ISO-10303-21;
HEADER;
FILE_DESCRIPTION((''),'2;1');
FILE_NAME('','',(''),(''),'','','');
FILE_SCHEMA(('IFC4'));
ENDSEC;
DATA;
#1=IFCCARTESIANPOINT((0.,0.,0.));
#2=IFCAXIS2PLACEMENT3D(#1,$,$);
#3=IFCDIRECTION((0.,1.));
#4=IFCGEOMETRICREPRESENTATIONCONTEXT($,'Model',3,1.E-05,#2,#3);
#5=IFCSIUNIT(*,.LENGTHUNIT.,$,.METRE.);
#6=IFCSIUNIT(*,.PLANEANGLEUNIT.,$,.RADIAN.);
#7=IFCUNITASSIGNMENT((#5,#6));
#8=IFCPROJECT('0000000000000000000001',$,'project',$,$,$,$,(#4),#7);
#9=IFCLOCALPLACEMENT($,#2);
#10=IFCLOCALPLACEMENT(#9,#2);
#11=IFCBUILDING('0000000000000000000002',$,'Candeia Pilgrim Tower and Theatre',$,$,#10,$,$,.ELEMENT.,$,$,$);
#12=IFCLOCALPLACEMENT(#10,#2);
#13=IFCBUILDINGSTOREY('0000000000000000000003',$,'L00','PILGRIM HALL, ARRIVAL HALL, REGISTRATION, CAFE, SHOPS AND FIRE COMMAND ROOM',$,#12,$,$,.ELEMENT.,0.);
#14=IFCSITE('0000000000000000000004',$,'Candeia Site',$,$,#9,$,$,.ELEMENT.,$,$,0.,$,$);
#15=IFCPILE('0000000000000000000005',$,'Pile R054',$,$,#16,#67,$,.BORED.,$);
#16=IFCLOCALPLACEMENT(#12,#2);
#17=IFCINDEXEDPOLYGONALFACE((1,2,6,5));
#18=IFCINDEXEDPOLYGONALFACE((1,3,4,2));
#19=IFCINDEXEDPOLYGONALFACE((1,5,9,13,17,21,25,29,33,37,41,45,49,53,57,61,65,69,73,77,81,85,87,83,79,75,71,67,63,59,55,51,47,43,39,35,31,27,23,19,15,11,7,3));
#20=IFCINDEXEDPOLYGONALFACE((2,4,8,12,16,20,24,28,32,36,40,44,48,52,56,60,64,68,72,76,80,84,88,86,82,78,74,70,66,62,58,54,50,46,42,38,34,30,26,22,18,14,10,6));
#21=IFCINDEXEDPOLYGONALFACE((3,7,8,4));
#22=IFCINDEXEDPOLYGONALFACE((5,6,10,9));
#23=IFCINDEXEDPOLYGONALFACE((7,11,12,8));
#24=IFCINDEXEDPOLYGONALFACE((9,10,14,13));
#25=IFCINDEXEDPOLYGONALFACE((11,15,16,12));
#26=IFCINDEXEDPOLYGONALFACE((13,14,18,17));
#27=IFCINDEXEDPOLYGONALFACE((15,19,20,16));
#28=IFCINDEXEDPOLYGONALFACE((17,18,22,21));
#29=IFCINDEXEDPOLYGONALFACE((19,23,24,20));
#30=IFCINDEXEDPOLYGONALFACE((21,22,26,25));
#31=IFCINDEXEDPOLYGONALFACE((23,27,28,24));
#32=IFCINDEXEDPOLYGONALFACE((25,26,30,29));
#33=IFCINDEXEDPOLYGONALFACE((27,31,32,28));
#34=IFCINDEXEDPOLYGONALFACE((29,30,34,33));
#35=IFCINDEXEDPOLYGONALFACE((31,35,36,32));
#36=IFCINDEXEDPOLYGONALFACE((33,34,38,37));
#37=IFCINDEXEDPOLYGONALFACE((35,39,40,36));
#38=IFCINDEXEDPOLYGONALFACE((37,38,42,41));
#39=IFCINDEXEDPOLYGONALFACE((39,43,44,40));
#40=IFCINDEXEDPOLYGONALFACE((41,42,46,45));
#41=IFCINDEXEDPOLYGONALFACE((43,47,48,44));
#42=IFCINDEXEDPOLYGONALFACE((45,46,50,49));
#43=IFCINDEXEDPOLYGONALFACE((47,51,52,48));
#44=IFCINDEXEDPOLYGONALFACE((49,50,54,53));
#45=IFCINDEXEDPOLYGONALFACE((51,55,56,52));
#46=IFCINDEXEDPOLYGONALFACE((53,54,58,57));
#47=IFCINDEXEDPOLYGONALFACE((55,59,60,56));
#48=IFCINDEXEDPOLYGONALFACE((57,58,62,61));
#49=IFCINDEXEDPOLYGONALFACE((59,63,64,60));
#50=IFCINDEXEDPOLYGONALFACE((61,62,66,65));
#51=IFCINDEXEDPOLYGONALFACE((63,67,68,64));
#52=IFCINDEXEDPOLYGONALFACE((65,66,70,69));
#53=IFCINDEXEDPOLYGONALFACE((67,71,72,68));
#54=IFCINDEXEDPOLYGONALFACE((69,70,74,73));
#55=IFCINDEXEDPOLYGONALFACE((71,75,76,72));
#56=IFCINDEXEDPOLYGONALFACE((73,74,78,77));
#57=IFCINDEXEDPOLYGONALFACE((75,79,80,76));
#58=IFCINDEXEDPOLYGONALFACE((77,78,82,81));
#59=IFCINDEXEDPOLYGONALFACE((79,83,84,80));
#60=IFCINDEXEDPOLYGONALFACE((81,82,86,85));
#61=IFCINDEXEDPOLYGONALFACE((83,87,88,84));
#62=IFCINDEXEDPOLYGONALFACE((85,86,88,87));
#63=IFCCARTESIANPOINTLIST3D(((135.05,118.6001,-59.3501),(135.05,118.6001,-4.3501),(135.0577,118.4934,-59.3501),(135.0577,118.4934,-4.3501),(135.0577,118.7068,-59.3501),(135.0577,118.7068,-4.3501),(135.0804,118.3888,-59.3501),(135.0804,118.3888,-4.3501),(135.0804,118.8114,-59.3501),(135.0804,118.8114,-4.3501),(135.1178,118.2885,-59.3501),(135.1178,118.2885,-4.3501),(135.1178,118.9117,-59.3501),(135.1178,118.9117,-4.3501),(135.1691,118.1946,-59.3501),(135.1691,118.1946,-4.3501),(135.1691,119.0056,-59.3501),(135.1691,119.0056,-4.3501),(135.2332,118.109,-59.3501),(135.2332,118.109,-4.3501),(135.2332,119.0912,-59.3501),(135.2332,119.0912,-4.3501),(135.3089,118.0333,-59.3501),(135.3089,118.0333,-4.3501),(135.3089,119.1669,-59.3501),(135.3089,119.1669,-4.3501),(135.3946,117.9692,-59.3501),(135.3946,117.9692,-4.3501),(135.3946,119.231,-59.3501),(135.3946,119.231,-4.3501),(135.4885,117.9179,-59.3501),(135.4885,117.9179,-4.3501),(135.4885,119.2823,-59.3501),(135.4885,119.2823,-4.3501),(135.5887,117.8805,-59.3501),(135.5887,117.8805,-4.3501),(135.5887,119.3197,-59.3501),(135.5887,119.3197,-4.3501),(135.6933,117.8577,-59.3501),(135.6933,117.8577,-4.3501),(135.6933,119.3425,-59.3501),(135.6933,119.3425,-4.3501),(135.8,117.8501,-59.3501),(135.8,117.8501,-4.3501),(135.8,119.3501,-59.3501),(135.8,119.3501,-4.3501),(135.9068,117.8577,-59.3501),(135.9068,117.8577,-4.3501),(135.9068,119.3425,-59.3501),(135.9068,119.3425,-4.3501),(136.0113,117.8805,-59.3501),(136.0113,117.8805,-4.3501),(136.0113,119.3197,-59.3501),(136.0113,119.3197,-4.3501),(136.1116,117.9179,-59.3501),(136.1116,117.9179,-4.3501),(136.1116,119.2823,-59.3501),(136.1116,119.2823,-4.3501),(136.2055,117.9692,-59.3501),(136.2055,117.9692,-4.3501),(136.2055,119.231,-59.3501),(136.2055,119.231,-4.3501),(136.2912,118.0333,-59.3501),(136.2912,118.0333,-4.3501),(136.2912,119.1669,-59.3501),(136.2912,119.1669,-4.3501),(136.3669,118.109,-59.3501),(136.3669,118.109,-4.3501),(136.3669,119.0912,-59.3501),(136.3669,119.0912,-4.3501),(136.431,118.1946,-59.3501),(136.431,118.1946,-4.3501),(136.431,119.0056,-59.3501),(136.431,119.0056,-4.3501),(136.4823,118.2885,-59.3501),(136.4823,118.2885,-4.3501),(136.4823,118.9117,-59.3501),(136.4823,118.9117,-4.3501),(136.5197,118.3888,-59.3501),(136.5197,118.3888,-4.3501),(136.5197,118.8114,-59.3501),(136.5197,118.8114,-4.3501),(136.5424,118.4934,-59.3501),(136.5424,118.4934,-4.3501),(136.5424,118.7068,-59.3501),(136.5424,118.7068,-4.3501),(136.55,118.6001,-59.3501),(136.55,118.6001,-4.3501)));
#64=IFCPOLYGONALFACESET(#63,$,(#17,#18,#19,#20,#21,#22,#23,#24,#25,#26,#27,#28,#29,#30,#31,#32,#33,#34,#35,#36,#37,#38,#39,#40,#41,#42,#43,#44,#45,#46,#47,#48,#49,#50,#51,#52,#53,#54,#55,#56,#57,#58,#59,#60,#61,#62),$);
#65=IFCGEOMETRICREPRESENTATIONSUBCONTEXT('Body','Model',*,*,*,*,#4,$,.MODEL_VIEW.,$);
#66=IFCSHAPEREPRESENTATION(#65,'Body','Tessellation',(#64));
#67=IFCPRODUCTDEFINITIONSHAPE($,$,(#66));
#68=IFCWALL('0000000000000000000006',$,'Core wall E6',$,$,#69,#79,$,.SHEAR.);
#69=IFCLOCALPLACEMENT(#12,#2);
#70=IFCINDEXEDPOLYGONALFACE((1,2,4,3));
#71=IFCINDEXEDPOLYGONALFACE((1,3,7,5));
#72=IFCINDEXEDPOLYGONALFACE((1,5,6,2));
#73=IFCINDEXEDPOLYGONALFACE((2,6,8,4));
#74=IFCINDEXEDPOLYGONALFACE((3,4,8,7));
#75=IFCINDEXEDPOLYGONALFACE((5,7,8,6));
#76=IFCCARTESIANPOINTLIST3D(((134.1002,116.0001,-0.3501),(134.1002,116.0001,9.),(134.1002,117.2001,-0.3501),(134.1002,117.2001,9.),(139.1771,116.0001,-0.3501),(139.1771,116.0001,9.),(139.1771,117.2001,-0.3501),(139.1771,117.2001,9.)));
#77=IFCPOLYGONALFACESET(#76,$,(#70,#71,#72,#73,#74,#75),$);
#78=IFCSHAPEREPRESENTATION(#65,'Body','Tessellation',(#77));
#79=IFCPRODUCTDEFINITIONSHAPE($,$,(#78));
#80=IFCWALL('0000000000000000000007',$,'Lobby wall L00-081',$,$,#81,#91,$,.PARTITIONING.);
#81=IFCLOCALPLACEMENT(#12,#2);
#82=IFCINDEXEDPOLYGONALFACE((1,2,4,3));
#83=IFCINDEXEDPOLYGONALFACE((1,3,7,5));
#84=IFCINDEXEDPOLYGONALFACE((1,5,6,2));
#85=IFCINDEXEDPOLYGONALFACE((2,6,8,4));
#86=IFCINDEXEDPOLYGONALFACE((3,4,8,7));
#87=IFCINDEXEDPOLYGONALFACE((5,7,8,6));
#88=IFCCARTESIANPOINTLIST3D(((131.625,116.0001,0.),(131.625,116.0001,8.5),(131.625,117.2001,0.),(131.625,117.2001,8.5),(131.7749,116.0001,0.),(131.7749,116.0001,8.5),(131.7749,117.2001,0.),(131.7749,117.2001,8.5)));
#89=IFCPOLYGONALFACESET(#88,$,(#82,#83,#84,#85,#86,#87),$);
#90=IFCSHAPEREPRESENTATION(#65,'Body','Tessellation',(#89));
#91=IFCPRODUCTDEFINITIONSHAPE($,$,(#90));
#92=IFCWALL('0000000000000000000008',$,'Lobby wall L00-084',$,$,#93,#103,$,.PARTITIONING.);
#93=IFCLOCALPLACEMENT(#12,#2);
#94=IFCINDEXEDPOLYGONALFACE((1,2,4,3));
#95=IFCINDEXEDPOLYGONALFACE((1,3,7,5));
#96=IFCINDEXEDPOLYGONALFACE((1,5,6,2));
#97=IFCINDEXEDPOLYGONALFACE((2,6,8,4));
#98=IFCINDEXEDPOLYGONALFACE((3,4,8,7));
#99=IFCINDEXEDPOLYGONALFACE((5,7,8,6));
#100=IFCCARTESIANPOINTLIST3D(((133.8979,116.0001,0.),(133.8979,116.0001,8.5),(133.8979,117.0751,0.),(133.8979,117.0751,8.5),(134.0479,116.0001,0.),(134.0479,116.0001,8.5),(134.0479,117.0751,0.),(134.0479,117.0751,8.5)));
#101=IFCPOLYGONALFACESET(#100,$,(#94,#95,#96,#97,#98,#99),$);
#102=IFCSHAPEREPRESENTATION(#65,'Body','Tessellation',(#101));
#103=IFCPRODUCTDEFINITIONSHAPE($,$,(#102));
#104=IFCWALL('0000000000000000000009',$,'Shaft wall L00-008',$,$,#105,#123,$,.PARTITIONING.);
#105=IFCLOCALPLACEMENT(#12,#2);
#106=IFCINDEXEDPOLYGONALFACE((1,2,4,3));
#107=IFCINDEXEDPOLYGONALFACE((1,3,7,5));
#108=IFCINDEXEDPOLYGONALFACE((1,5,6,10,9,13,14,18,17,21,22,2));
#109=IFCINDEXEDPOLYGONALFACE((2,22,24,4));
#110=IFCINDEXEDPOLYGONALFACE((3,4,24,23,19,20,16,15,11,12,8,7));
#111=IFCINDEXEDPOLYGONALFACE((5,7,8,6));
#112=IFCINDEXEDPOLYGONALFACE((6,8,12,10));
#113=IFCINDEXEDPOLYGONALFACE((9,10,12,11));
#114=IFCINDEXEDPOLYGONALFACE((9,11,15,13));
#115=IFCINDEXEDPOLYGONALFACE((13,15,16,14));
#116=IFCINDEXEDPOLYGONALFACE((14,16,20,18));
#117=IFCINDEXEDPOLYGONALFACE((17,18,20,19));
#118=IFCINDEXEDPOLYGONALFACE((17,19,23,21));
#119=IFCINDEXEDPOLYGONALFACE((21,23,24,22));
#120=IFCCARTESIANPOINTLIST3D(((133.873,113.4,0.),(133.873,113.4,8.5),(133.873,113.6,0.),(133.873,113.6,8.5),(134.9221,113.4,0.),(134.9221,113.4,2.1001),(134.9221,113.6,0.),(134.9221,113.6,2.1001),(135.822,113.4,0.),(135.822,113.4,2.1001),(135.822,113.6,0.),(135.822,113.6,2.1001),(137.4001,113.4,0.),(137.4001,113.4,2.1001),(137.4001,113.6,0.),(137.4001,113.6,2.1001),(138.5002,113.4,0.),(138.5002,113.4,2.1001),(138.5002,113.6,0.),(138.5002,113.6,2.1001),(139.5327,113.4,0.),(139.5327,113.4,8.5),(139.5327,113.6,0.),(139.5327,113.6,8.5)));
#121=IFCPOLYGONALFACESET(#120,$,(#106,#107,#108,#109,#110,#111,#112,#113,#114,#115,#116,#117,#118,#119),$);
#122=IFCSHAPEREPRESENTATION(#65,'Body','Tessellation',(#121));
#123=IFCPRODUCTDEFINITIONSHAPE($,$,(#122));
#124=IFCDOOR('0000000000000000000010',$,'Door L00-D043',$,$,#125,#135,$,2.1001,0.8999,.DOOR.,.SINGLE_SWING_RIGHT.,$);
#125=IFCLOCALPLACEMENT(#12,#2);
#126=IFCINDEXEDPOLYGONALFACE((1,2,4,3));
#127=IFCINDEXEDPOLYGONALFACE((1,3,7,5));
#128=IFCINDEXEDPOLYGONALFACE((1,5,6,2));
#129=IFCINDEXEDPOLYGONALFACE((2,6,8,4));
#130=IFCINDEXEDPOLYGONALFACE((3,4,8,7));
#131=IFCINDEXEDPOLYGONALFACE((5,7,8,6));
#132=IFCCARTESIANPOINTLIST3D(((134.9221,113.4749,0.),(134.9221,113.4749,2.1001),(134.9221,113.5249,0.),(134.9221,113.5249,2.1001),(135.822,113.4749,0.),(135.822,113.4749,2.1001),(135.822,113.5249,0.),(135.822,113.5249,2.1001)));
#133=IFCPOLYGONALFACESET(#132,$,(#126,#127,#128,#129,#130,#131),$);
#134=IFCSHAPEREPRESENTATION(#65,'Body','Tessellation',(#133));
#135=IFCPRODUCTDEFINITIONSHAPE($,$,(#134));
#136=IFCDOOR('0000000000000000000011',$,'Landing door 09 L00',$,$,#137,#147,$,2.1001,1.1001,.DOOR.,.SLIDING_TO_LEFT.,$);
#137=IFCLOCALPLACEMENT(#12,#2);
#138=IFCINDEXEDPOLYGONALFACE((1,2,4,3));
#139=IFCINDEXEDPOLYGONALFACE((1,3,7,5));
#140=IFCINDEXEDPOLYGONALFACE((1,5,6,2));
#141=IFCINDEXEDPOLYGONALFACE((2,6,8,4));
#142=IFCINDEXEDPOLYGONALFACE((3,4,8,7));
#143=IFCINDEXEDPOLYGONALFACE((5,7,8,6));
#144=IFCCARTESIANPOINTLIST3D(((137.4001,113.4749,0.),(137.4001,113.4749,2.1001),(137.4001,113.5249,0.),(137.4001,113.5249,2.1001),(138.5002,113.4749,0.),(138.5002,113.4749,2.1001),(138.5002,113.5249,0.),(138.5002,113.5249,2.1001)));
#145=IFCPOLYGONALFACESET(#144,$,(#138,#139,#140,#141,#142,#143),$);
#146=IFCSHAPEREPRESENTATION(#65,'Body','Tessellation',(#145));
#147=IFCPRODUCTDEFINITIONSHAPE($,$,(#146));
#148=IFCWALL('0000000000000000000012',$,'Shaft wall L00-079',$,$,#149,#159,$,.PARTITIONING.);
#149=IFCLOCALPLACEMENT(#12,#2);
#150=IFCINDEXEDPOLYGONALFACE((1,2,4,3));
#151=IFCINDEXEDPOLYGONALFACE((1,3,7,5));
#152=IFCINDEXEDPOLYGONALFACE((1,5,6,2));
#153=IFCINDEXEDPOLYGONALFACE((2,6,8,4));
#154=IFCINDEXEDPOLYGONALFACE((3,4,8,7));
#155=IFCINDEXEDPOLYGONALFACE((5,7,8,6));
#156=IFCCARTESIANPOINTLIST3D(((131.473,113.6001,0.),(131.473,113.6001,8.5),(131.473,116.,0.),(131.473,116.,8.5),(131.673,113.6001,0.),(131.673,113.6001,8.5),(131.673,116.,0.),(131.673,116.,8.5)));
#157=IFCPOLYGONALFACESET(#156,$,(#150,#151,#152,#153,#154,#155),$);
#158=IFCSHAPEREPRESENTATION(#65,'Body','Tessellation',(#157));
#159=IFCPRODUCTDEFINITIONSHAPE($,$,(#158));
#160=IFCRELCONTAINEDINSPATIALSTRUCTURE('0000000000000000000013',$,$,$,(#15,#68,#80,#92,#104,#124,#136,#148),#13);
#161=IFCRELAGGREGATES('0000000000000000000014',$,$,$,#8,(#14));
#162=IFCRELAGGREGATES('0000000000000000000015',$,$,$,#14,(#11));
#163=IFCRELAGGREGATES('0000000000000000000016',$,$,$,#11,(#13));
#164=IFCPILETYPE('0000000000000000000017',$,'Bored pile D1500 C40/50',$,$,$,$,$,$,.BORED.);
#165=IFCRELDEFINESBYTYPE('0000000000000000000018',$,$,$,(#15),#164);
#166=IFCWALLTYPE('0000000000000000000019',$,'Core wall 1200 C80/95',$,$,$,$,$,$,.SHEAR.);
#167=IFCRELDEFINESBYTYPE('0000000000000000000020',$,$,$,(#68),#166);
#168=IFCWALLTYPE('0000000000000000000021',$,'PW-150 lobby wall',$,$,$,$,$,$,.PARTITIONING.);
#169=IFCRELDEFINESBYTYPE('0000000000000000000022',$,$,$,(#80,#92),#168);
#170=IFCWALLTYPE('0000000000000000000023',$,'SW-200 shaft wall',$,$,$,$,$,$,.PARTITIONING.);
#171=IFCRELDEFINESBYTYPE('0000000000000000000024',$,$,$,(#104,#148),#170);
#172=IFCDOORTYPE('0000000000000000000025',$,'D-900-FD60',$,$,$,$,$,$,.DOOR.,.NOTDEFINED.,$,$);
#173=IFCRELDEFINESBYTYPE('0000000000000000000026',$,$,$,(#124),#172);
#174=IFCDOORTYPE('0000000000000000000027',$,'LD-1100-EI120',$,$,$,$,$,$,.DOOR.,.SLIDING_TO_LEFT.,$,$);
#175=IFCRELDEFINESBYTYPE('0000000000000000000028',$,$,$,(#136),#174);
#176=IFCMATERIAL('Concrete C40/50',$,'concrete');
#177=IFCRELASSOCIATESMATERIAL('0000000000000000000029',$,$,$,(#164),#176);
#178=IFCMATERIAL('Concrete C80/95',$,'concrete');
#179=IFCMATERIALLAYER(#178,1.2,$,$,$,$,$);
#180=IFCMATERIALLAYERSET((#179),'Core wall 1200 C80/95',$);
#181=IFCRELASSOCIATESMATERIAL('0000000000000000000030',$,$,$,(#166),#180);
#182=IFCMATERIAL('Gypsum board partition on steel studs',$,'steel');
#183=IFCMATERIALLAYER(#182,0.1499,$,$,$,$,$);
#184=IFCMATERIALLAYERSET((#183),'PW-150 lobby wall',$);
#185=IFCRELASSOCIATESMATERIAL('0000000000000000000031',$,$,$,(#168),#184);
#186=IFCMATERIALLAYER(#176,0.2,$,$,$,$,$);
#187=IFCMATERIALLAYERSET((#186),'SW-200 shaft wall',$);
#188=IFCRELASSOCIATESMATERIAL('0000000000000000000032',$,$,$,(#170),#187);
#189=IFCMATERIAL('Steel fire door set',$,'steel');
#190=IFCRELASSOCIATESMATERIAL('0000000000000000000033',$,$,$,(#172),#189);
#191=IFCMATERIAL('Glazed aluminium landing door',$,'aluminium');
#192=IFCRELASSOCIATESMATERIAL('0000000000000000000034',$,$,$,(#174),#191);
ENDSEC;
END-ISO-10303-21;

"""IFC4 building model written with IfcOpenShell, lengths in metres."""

from ifc_helpers import new_model, si_unit, direction, frame, frame_2d, origin, origin_2d, place, context, subcontext, project, spatial, rectangle, circle, extrude, material, layer, layer_set, material_profile, profile_set, type_object, element, fill, save


model = new_model("IFC4")

# Units and contexts
model_context = context("Model", 3, precision=1e-05, world=origin(), true_north=direction((0.0, 1.0)))
body_context = subcontext(model_context, "Body", "Model", "MODEL_VIEW")
ifc_project = project(units=[si_unit("LENGTHUNIT", "METRE"), si_unit("PLANEANGLEUNIT", "RADIAN")], contexts=[model_context])

# Site, building, storey
site_placement = place(None, origin())
site = spatial("IfcSite", under=ifc_project, at=site_placement, Name="Candeia Site", CompositionType="ELEMENT", RefElevation=0.0)
building_placement = place(site_placement, origin())
building = spatial("IfcBuilding", under=site, at=building_placement, Name="Candeia Pilgrim Tower and Theatre", CompositionType="ELEMENT")
storey_placement = place(building_placement, origin())
storey = spatial("IfcBuildingStorey", under=building, at=storey_placement, Name="L00", Description="PILGRIM HALL, ARRIVAL HALL, REGISTRATION, CAFE, SHOPS AND FIRE COMMAND ROOM", CompositionType="ELEMENT", Elevation=0.0)

# Pile
ifc_material_1 = material(Name="Concrete C40/50", Category="concrete")
ifc_material_profile = material_profile(ifc_material_1, circle(Radius=0.75, at=origin_2d()))
ifc_profile_set = profile_set([ifc_material_profile], Name="Concrete C40/50")
pile_type = type_object("IfcPileType", Name="Bored pile D1500 C40/50", PredefinedType="BORED", material=ifc_profile_set)
for number, where, z_axis, x_axis, name in (
    (1, (135.8, 118.6001, -4.3501), (0.0, 0.0, -1.0), (1.0, 0.0, 0.0), "Pile R054"),
):
    element("IfcPile", number, at=place(storey_placement, frame(where, z_axis=z_axis, x_axis=x_axis)), inside=storey, type_object=pile_type, Name=name, PredefinedType="BORED", context=body_context, shape_type="SweptSolid", body=[
        extrude(circle(Radius=0.75, at=origin_2d()), origin(), (0.0, 0.0, 1.0), 55.0),
    ])

# Walls
ifc_material_2 = material(Name="Concrete C80/95", Category="concrete")
ifc_layer_1 = layer(ifc_material_2, 1.2)
ifc_layer_set_1 = layer_set([ifc_layer_1], Name="Core wall 1200 C80/95")
wall_type_1 = type_object("IfcWallType", Name="Core wall 1200 C80/95", PredefinedType="SHEAR", material=ifc_layer_set_1)
wall_1_placement = place(storey_placement, frame((134.1001, 116.6001, -0.3501), z_axis=(0.0, 0.0, 1.0), x_axis=(1.0, 0.0, 0.0)))
element("IfcWall", 2, at=wall_1_placement, inside=storey, type_object=wall_type_1, Name="Core wall E6", PredefinedType="SHEAR", context=body_context, shape_type="SweptSolid", body=[
    extrude(rectangle(XDim=5.0769, YDim=1.2, at=frame_2d((2.5386, 0.0))), origin(), (0.0, 0.0, 1.0), 9.3501),
])
ifc_material_3 = material(Name="Gypsum board partition on steel studs", Category="steel")
ifc_layer_2 = layer(ifc_material_3, 0.1499)
ifc_layer_set_2 = layer_set([ifc_layer_2], Name="PW-150 lobby wall")
wall_type_2 = type_object("IfcWallType", Name="PW-150 lobby wall", PredefinedType="PARTITIONING", material=ifc_layer_set_2)
wall_2_placement = place(storey_placement, frame((131.7, 116.0, 0.0), z_axis=(0.0, 0.0, 1.0), x_axis=(0.0, 1.0, 0.0)))
element("IfcWall", 3, at=wall_2_placement, inside=storey, type_object=wall_type_2, Name="Lobby wall L00-081", PredefinedType="PARTITIONING", context=body_context, shape_type="SweptSolid", body=[
    extrude(rectangle(XDim=1.2, YDim=0.1499, at=frame_2d((0.6001, 0.0))), origin(), (0.0, 0.0, 1.0), 8.5),
])
wall_3_placement = place(storey_placement, frame((133.9729, 116.0, 0.0), z_axis=(0.0, 0.0, 1.0), x_axis=(0.0, 1.0, 0.0)))
element("IfcWall", 4, at=wall_3_placement, inside=storey, type_object=wall_type_2, Name="Lobby wall L00-084", PredefinedType="PARTITIONING", context=body_context, shape_type="SweptSolid", body=[
    extrude(rectangle(XDim=1.075, YDim=0.1499, at=frame_2d((0.5376, 0.0))), origin(), (0.0, 0.0, 1.0), 8.5),
])

# Wall, openings, doors
ifc_layer_3 = layer(ifc_material_1, 0.2)
ifc_layer_set_3 = layer_set([ifc_layer_3], Name="SW-200 shaft wall")
wall_type_3 = type_object("IfcWallType", Name="SW-200 shaft wall", PredefinedType="PARTITIONING", material=ifc_layer_set_3)
wall_4_placement = place(storey_placement, frame((133.873, 113.5, 0.0), z_axis=(0.0, 0.0, 1.0), x_axis=(1.0, 0.0, 0.0)))
wall_4 = element("IfcWall", 5, at=wall_4_placement, inside=storey, type_object=wall_type_3, Name="Shaft wall L00-008", PredefinedType="PARTITIONING", context=body_context, shape_type="SweptSolid", body=[
    extrude(rectangle(XDim=5.6597, YDim=0.2, at=frame_2d((2.8298, 0.0))), origin(), (0.0, 0.0, 1.0), 8.5),
])
opening_1_placement = place(wall_4_placement, frame((3.5271, 0.0, 0.0)))
opening_1 = element("IfcOpeningElement", 6, at=opening_1_placement, cuts=wall_4, PredefinedType="OPENING", context=body_context, shape_type="SweptSolid", body=[
    extrude(rectangle(XDim=1.1001, YDim=2.1001, at=frame_2d((0.55, 1.05))), frame((0.0, 0.1099, 0.0), z_axis=(0.0, -1.0, 0.0), x_axis=(1.0, 0.0, 0.0)), (0.0, 0.0, 1.0), 0.22),
])
opening_2_placement = place(wall_4_placement, frame((1.0491, 0.0, 0.0)))
opening_2 = element("IfcOpeningElement", 7, at=opening_2_placement, cuts=wall_4, PredefinedType="OPENING", context=body_context, shape_type="SweptSolid", body=[
    extrude(rectangle(XDim=0.8999, YDim=2.1001, at=frame_2d((0.45, 1.05))), frame((0.0, 0.1099, 0.0), z_axis=(0.0, -1.0, 0.0), x_axis=(1.0, 0.0, 0.0)), (0.0, 0.0, 1.0), 0.22),
])
ifc_material_4 = material(Name="Steel fire door set", Category="steel")
door_type_1 = type_object("IfcDoorType", Name="D-900-FD60", OperationType="NOTDEFINED", PredefinedType="DOOR", material=ifc_material_4)
door_1_placement = place(opening_2_placement, origin())
door_1 = element("IfcDoor", 8, at=door_1_placement, inside=storey, type_object=door_type_1, Name="Door L00-D043", OperationType="SINGLE_SWING_RIGHT", OverallHeight=2.1001, OverallWidth=0.8999, PredefinedType="DOOR", context=body_context, shape_type="SweptSolid", body=[
    extrude(rectangle(XDim=0.8999, YDim=2.1001, at=frame_2d((0.45, 1.05))), frame((0.0, 0.0249, 0.0), z_axis=(0.0, -1.0, 0.0), x_axis=(1.0, 0.0, 0.0)), (0.0, 0.0, 1.0), 0.05),
])
fill(opening_2, door_1)
ifc_material_5 = material(Name="Glazed aluminium landing door", Category="aluminium")
door_type_2 = type_object("IfcDoorType", Name="LD-1100-EI120", OperationType="SLIDING_TO_LEFT", PredefinedType="DOOR", material=ifc_material_5)
door_2_placement = place(opening_1_placement, origin())
door_2 = element("IfcDoor", 9, at=door_2_placement, inside=storey, type_object=door_type_2, Name="Landing door 09 L00", OperationType="SLIDING_TO_LEFT", OverallHeight=2.1001, OverallWidth=1.1001, PredefinedType="DOOR", context=body_context, shape_type="SweptSolid", body=[
    extrude(rectangle(XDim=1.1001, YDim=2.1001, at=frame_2d((0.55, 1.05))), frame((0.0, 0.0249, 0.0), z_axis=(0.0, -1.0, 0.0), x_axis=(1.0, 0.0, 0.0)), (0.0, 0.0, 1.0), 0.05),
])
fill(opening_1, door_2)

# Wall
wall_5_placement = place(storey_placement, frame((131.573, 113.6001, 0.0), z_axis=(0.0, 0.0, 1.0), x_axis=(0.0, 1.0, 0.0)))
element("IfcWall", 10, at=wall_5_placement, inside=storey, type_object=wall_type_3, Name="Shaft wall L00-079", PredefinedType="PARTITIONING", context=body_context, shape_type="SweptSolid", body=[
    extrude(rectangle(XDim=2.3999, YDim=0.2, at=frame_2d((1.2, 0.0))), origin(), (0.0, 0.0, 1.0), 8.5),
])

save(model, "model.ifc")
